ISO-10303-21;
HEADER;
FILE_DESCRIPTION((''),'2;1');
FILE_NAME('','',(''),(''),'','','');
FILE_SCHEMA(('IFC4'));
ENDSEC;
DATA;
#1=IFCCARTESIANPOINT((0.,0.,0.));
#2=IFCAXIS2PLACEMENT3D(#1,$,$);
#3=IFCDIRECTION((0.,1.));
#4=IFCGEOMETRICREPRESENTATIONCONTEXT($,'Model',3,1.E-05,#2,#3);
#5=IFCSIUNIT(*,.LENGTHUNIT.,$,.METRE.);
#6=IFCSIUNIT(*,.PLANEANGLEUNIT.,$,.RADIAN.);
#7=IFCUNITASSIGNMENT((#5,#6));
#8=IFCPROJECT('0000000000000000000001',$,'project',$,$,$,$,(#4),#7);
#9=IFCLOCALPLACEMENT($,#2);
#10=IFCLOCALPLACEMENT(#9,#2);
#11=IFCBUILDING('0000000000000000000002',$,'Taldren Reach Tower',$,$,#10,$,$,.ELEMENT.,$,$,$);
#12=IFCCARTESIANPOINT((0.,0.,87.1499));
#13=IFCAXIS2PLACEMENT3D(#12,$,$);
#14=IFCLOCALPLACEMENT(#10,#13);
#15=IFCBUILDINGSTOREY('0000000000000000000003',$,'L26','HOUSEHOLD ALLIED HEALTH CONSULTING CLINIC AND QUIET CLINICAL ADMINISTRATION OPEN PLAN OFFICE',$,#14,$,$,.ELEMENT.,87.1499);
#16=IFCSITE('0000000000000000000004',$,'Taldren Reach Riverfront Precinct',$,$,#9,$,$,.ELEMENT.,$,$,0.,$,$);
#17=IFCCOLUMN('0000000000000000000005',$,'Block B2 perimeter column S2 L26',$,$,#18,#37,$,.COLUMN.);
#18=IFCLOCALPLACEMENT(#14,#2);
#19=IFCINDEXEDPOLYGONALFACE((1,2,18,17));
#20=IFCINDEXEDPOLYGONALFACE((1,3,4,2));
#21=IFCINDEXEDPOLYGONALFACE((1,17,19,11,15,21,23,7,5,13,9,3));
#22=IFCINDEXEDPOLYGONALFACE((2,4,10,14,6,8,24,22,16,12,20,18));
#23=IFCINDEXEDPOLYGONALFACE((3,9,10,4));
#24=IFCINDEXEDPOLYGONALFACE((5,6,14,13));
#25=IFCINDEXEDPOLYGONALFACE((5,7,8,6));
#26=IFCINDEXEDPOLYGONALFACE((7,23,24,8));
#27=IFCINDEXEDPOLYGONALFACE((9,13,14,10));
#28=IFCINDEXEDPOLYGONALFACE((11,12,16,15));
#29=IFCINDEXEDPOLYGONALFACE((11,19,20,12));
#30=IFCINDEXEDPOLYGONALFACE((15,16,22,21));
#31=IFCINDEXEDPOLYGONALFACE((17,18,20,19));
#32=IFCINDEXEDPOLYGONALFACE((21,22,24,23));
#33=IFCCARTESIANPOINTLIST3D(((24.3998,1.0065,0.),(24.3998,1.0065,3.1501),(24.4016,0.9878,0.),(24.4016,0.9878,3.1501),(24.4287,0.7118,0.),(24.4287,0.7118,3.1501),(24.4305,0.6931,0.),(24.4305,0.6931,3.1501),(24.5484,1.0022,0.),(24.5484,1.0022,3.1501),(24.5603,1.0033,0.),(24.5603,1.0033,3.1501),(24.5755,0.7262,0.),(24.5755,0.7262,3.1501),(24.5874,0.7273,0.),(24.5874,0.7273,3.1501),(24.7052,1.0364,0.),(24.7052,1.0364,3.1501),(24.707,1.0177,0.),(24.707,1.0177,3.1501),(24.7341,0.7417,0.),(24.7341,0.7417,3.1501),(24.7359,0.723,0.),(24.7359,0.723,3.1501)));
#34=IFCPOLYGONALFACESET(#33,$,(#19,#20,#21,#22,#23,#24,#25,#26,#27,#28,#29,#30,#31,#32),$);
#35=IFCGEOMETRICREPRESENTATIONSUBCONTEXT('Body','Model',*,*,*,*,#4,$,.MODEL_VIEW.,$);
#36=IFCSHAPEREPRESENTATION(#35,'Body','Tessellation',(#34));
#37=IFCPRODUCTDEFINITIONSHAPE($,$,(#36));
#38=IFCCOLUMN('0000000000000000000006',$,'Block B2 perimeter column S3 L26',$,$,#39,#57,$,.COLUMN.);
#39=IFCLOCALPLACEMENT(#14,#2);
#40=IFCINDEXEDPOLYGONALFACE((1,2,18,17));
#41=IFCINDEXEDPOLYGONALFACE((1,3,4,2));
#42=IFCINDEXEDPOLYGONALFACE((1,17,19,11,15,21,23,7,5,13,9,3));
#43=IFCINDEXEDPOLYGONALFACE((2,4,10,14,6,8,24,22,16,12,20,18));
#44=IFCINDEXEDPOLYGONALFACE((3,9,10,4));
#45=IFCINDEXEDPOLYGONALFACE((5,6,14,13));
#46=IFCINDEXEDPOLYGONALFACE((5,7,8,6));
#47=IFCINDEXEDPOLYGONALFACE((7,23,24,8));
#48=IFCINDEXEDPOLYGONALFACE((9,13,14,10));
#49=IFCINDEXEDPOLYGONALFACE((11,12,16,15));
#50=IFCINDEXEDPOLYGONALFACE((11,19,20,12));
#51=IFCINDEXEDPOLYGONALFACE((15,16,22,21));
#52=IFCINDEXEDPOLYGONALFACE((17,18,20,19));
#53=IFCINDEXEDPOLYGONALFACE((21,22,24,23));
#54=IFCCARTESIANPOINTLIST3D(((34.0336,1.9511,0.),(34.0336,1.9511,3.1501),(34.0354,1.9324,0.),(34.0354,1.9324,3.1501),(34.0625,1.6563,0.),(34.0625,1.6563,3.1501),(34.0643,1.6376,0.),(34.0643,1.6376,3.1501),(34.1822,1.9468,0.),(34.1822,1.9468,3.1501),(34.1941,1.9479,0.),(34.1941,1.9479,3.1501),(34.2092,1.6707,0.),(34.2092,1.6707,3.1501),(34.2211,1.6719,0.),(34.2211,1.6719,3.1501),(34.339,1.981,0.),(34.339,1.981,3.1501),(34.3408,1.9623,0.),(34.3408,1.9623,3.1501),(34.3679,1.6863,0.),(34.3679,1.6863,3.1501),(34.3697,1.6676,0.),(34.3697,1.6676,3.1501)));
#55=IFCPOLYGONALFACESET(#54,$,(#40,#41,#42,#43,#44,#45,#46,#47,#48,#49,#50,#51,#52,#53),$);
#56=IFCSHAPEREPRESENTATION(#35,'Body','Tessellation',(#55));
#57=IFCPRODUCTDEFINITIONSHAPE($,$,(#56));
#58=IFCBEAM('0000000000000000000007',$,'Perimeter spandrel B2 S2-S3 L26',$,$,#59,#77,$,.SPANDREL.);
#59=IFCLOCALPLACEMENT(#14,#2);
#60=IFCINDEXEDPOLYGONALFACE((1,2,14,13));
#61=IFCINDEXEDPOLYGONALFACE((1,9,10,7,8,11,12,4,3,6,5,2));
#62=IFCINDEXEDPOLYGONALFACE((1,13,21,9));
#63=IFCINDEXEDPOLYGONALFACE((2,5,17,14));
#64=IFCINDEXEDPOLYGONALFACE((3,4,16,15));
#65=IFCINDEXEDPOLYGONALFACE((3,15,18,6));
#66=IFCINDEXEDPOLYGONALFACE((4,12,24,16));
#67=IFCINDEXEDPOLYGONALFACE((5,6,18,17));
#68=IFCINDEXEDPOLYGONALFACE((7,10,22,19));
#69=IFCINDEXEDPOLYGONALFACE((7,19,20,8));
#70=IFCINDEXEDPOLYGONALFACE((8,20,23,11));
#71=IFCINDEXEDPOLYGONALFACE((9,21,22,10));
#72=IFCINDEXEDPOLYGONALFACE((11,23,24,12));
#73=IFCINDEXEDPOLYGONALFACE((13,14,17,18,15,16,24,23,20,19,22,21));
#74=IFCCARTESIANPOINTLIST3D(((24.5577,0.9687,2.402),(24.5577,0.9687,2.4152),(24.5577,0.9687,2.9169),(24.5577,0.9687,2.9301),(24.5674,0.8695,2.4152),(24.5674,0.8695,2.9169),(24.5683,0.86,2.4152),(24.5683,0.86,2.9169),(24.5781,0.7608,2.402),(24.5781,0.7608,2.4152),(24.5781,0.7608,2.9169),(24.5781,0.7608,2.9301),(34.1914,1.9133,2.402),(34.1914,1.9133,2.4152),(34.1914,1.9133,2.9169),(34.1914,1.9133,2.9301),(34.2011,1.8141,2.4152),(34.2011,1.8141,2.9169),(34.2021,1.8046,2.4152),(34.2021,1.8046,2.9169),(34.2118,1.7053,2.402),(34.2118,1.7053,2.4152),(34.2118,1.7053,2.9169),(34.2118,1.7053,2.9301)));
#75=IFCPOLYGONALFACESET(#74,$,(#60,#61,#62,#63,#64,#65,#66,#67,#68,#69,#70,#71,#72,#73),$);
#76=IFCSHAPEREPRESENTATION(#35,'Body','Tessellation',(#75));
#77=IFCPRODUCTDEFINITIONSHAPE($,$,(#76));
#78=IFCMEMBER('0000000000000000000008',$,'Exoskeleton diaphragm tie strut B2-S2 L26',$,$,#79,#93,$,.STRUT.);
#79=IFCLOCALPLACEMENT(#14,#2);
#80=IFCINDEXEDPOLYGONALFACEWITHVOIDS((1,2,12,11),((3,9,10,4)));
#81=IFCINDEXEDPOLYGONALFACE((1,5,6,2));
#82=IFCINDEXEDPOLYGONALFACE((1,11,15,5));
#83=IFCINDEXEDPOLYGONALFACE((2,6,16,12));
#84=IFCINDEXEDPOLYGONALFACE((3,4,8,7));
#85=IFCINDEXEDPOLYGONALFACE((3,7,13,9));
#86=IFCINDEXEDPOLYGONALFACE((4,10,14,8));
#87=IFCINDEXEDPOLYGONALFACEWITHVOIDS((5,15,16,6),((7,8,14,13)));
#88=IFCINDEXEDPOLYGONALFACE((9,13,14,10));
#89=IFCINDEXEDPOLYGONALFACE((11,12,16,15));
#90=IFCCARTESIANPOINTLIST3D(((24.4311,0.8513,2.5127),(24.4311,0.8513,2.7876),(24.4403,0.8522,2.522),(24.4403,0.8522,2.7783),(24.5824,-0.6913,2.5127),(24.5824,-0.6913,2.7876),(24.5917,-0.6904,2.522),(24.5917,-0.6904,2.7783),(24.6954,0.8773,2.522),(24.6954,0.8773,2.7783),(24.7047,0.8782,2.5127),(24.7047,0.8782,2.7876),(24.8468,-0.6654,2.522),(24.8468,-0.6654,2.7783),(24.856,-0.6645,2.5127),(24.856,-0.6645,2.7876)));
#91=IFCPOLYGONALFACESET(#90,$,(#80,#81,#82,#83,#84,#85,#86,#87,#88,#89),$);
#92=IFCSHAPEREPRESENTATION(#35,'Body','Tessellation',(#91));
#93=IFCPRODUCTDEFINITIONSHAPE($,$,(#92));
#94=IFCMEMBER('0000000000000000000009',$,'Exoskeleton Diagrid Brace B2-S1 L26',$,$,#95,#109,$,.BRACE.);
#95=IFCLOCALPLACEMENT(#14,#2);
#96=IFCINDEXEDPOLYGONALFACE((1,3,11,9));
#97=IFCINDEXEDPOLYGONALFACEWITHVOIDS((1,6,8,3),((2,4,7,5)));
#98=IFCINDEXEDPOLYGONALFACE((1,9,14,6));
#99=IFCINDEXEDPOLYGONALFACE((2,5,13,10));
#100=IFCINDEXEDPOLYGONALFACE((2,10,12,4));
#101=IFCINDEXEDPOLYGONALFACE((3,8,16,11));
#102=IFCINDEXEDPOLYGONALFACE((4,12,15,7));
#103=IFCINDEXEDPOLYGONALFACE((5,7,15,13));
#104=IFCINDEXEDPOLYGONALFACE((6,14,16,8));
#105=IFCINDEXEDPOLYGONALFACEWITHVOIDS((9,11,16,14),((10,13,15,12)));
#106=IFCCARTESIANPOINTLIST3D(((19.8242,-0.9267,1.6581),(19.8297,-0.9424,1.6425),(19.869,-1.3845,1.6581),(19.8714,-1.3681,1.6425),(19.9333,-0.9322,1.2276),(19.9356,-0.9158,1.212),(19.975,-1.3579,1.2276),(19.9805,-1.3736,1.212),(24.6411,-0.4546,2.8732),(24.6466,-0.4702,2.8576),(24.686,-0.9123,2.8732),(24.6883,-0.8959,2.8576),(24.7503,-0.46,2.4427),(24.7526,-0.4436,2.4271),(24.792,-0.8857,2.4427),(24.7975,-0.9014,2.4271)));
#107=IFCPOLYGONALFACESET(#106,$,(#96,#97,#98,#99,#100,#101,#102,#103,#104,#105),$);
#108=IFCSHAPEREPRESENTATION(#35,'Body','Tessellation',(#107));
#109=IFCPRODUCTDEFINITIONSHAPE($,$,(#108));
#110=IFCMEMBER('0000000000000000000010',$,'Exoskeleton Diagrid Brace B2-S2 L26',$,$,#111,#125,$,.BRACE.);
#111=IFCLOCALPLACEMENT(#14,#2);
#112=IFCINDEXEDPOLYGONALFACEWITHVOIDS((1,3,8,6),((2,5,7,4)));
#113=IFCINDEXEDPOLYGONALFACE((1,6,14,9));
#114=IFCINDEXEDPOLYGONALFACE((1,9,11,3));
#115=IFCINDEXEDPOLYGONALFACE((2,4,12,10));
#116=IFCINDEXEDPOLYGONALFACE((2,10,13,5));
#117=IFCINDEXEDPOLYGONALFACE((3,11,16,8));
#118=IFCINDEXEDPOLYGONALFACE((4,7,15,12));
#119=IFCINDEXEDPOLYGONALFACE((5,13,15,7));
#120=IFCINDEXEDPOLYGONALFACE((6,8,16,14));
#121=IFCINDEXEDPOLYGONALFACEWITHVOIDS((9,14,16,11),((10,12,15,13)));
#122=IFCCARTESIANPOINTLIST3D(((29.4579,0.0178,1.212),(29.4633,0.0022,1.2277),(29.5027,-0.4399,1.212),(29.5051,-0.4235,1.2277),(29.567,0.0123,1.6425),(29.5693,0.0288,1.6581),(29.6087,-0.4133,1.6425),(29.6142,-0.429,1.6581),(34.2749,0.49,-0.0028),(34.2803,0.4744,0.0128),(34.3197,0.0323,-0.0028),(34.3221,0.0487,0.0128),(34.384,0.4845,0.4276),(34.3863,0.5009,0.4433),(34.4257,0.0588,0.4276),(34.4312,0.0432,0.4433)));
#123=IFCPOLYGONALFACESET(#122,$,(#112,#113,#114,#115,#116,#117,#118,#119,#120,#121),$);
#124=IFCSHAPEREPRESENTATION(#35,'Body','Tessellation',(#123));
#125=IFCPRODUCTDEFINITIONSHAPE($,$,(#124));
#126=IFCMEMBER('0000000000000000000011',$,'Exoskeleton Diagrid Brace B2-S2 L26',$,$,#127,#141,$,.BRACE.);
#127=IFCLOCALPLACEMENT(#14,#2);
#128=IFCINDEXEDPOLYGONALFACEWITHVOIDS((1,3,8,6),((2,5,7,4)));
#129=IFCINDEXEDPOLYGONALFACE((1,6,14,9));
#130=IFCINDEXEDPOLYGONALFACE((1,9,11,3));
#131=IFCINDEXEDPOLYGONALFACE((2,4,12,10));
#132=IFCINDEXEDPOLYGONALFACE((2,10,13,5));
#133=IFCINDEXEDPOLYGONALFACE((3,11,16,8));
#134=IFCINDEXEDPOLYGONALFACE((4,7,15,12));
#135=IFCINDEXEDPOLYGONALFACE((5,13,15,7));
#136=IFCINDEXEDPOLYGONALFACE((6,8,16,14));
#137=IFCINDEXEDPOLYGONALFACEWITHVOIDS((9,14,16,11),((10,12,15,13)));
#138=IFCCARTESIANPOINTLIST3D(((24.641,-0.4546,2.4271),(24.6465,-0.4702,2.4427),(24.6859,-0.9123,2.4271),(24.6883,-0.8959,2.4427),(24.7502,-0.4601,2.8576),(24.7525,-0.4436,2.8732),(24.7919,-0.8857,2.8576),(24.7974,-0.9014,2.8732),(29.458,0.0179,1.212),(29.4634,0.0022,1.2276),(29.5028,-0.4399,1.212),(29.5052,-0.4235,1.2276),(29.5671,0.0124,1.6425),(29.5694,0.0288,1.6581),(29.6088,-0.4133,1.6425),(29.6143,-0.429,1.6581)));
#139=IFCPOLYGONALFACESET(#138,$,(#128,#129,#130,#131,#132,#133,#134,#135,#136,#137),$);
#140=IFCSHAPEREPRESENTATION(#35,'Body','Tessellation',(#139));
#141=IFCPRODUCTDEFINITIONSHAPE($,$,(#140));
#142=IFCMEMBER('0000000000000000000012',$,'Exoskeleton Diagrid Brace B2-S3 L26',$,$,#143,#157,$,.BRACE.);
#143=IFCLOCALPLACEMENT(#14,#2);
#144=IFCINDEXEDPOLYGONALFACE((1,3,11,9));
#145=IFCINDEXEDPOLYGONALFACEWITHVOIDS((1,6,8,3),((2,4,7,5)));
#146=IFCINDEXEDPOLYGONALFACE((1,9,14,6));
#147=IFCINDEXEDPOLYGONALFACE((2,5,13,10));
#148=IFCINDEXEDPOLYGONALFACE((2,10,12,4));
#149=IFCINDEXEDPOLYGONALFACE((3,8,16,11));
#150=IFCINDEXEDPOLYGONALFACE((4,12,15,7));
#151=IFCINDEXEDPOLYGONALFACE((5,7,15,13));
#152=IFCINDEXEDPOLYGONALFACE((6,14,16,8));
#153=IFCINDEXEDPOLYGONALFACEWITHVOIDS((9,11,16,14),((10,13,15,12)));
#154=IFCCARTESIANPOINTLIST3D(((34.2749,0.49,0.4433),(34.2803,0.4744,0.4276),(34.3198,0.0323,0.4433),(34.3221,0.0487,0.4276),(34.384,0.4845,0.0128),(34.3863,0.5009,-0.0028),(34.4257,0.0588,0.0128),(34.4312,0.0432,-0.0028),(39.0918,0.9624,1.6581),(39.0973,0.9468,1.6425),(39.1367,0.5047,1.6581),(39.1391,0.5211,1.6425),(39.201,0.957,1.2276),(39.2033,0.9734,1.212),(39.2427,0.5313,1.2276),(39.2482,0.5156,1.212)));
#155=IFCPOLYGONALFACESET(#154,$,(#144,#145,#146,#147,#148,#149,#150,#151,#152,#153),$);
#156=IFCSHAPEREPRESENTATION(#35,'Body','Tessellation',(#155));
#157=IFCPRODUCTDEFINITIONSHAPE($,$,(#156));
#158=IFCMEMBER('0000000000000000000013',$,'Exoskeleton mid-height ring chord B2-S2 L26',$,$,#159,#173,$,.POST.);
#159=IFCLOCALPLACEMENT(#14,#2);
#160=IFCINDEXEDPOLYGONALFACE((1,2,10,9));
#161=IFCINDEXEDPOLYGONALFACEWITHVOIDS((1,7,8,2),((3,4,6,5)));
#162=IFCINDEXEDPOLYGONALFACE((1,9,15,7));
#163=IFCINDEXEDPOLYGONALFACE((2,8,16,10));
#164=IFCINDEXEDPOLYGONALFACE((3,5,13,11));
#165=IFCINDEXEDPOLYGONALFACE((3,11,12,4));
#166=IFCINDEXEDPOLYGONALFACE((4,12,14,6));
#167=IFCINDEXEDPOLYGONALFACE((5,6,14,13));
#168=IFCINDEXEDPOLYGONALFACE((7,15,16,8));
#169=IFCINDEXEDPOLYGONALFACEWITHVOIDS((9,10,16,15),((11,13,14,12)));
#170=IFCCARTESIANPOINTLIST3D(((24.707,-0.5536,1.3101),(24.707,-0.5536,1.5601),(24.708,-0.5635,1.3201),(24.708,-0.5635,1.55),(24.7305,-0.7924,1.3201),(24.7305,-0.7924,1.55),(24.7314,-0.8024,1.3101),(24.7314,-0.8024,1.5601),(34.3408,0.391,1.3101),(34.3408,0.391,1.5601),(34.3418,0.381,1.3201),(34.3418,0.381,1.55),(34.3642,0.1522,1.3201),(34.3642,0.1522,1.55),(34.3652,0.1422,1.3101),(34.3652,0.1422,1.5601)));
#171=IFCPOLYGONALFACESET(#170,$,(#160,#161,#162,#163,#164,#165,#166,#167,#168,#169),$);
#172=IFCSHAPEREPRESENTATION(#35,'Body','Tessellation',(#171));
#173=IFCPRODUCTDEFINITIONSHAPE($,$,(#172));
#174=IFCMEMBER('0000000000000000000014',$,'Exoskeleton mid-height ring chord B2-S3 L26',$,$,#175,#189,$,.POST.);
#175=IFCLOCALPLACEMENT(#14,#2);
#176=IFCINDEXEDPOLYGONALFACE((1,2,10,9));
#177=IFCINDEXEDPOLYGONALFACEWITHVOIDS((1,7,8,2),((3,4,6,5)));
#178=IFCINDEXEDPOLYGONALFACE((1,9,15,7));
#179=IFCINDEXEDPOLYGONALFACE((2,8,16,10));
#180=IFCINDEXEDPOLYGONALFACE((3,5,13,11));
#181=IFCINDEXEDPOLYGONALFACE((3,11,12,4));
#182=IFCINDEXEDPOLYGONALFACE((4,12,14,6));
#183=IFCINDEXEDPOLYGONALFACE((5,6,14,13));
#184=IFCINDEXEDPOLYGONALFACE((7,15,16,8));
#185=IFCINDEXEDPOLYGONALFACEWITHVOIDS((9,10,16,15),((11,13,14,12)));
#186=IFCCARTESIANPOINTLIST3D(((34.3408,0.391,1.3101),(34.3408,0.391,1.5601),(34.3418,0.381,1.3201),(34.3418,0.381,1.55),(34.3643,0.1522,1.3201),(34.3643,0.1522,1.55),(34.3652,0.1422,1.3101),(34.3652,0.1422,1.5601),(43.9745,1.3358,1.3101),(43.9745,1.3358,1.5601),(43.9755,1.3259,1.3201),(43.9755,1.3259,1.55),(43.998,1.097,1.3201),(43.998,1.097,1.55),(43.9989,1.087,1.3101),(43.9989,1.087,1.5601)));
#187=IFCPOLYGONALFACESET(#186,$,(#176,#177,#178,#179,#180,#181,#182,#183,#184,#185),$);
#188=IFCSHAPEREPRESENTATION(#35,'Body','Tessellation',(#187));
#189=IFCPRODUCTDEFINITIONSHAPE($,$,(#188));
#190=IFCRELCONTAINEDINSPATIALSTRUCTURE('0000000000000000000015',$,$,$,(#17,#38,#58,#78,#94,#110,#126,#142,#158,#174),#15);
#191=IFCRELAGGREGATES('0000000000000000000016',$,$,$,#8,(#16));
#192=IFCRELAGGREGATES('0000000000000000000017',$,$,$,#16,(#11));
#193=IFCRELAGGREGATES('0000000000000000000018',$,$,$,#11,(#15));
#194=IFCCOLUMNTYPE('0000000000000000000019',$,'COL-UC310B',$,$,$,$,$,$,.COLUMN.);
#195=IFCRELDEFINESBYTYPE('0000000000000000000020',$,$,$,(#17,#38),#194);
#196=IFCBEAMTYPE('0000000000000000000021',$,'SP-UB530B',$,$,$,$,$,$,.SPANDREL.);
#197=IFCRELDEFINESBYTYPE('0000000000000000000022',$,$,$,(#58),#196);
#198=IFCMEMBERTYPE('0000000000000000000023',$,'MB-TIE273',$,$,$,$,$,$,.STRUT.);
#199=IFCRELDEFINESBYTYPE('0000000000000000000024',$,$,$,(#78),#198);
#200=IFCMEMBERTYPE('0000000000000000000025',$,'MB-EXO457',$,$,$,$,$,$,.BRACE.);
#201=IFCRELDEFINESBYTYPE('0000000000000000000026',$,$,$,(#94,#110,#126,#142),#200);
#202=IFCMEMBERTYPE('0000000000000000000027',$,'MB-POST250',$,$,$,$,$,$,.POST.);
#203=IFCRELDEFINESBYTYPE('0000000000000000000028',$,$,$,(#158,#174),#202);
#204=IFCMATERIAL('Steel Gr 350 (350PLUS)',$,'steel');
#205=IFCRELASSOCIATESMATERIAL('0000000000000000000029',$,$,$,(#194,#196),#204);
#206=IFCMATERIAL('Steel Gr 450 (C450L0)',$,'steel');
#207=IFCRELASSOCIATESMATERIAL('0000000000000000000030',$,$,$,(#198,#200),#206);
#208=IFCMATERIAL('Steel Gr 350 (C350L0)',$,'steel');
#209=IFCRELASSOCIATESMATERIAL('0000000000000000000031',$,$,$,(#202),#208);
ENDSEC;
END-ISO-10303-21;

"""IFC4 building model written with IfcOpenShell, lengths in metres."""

from ifc_helpers import new_model, si_unit, direction, frame, origin, origin_2d, place, context, subcontext, project, spatial, hollow_rectangle, i_section, extrude, source, transform, mapped, material, material_profile, profile_set, type_object, element, save


model = new_model("IFC4")

# Units and contexts
model_context = context("Model", 3, precision=1e-05, world=origin(), true_north=direction((0.0, 1.0)))
body_context = subcontext(model_context, "Body", "Model", "MODEL_VIEW")
ifc_project = project(units=[si_unit("LENGTHUNIT", "METRE"), si_unit("PLANEANGLEUNIT", "RADIAN")], contexts=[model_context])

# Site, building, storey
site_placement = place(None, origin())
site = spatial("IfcSite", under=ifc_project, at=site_placement, Name="Taldren Reach Riverfront Precinct", CompositionType="ELEMENT", RefElevation=0.0)
building_placement = place(site_placement, origin())
building = spatial("IfcBuilding", under=site, at=building_placement, Name="Taldren Reach Tower", CompositionType="ELEMENT")
storey_placement = place(building_placement, frame((0.0, 0.0, 87.1499)))
storey = spatial("IfcBuildingStorey", under=building, at=storey_placement, Name="L26", Description="HOUSEHOLD ALLIED HEALTH CONSULTING CLINIC AND QUIET CLINICAL ADMINISTRATION OPEN PLAN OFFICE", CompositionType="ELEMENT", Elevation=87.1499)

# Columns
ifc_material_1 = material(Name="Steel Gr 350 (350PLUS)", Category="steel")
ifc_material_profile_1 = material_profile(ifc_material_1, i_section(OverallWidth=0.3069, OverallDepth=0.3149, WebThickness=0.012, FlangeThickness=0.0188, at=origin_2d()), Name="310UC118")
ifc_profile_set_1 = profile_set([ifc_material_profile_1], Name="Steel Gr 350 (350PLUS)")
column_type = type_object("IfcColumnType", Name="COL-UC310B", PredefinedType="COLUMN", material=ifc_profile_set_1)
shared_shape_1 = source(origin(), body_context, "Body", "SweptSolid", [
    extrude(i_section(OverallWidth=0.3069, OverallDepth=0.3149, WebThickness=0.012, FlangeThickness=0.0188, at=origin_2d()), origin(), (0.0, 0.0, 1.0), 3.1501),
])
for number, where, z_axis, x_axis, name in (
    (1, (24.5679, 0.8647, 0.0), (0.0, 0.0, 1.0), (0.995227, 0.097583, 0.0), "Block B2 perimeter column S2 L26"),
    (2, (34.2017, 1.8093, 0.0), (0.0, 0.0, 1.0), (0.995227, 0.097583, 0.0), "Block B2 perimeter column S3 L26"),
):
    element("IfcColumn", number, at=place(storey_placement, frame(where, z_axis=z_axis, x_axis=x_axis)), inside=storey, type_object=column_type, Name=name, PredefinedType="COLUMN", context=body_context, shape_type="MappedRepresentation", body=[
        mapped(shared_shape_1, transform((0.0, 0.0, 0.0), scale=1.0)),
    ])

# Beam
ifc_material_profile_2 = material_profile(ifc_material_1, i_section(OverallWidth=0.209, OverallDepth=0.5281, WebThickness=0.0095, FlangeThickness=0.0132, at=origin_2d()), Name="530UB82.0")
ifc_profile_set_2 = profile_set([ifc_material_profile_2], Name="Steel Gr 350 (350PLUS)")
beam_type = type_object("IfcBeamType", Name="SP-UB530B", PredefinedType="SPANDREL", material=ifc_profile_set_2)
shared_shape_2 = source(origin(), body_context, "Body", "SweptSolid", [
    extrude(i_section(OverallWidth=0.209, OverallDepth=0.5281, WebThickness=0.0095, FlangeThickness=0.0132, at=origin_2d()), origin(), (0.0, 0.0, 1.0), 9.6799),
])
beam_placement = place(storey_placement, frame((24.5679, 0.8647, 2.666), z_axis=(0.995228, 0.097581, 0.0), x_axis=(-0.097581, 0.995228, 0.0)))
element("IfcBeam", 3, at=beam_placement, inside=storey, type_object=beam_type, Name="Perimeter spandrel B2 S2-S3 L26", PredefinedType="SPANDREL", context=body_context, shape_type="MappedRepresentation", body=[
    mapped(shared_shape_2, transform((0.0, 0.0, 0.0), scale=1.0)),
])

# Members
ifc_material_2 = material(Name="Steel Gr 450 (C450L0)", Category="steel")
ifc_material_profile_3 = material_profile(ifc_material_2, hollow_rectangle(XDim=0.2749, YDim=0.2749, WallThickness=0.0093, at=origin_2d()), Name="275x275x9.3SHS")
ifc_profile_set_3 = profile_set([ifc_material_profile_3], Name="Steel Gr 450 (C450L0)")
member_type_1 = type_object("IfcMemberType", Name="MB-TIE273", PredefinedType="STRUT", material=ifc_profile_set_3)
shared_shape_3 = source(origin(), body_context, "Body", "SweptSolid", [
    extrude(hollow_rectangle(XDim=0.2749, YDim=0.2749, WallThickness=0.0093, at=origin_2d()), origin(), (0.0, 0.0, 1.0), 1.55),
])
member_1_placement = place(storey_placement, frame((24.5679, 0.8647, 2.6501), z_axis=(0.097648, -0.995221, 0.0), x_axis=(0.995221, 0.097648, 0.0)))
element("IfcMember", 4, at=member_1_placement, inside=storey, type_object=member_type_1, Name="Exoskeleton diaphragm tie strut B2-S2 L26", PredefinedType="STRUT", context=body_context, shape_type="MappedRepresentation", body=[
    mapped(shared_shape_3, transform((0.0, 0.0, 0.0), scale=1.0)),
])
ifc_material_profile_4 = material_profile(ifc_material_2, hollow_rectangle(XDim=0.46, YDim=0.46, WallThickness=0.0161, at=origin_2d()), Name="460x460x16.0SHS")
ifc_profile_set_4 = profile_set([ifc_material_profile_4], Name="Steel Gr 450 (C450L0)")
member_type_2 = type_object("IfcMemberType", Name="MB-EXO457", PredefinedType="BRACE", material=ifc_profile_set_4)
shared_shape_4 = source(origin(), body_context, "Body", "SweptSolid", [
    extrude(hollow_rectangle(XDim=0.46, YDim=0.46, WallThickness=0.0161, at=origin_2d()), origin(), (0.0, 0.0, 1.0), 4.9902),
])
for number, where, z_axis, x_axis, name in (
    (5, (19.9023, -1.1501, 1.4351), (0.965276, 0.09462, 0.243496), (-0.097556, 0.99523, 0.0), "Exoskeleton Diagrid Brace B2-S1 L26"),
    (6, (34.353, 0.2666, 0.2202), (-0.965287, -0.094621, 0.24345), (0.097556, -0.99523, 0.0), "Exoskeleton Diagrid Brace B2-S2 L26"),
    (7, (29.5361, -0.2056, 1.4351), (-0.965271, -0.094668, 0.243495), (0.097606, -0.995225, 0.0), "Exoskeleton Diagrid Brace B2-S2 L26"),
    (8, (34.353, 0.2666, 0.2202), (0.965283, 0.094669, 0.243449), (-0.097606, 0.995225, 0.0), "Exoskeleton Diagrid Brace B2-S3 L26"),
):
    element("IfcMember", number, at=place(storey_placement, frame(where, z_axis=z_axis, x_axis=x_axis)), inside=storey, type_object=member_type_2, Name=name, PredefinedType="BRACE", context=body_context, shape_type="MappedRepresentation", body=[
        mapped(shared_shape_4, transform((0.0, 0.0, 0.0), scale=1.0)),
    ])
ifc_material_3 = material(Name="Steel Gr 350 (C350L0)", Category="steel")
ifc_material_profile_5 = material_profile(ifc_material_3, hollow_rectangle(XDim=0.25, YDim=0.25, WallThickness=0.01, at=origin_2d()), Name="250x250x10.0SHS")
ifc_profile_set_5 = profile_set([ifc_material_profile_5], Name="Steel Gr 350 (C350L0)")
member_type_3 = type_object("IfcMemberType", Name="MB-POST250", PredefinedType="POST", material=ifc_profile_set_5)
shared_shape_5 = source(origin(), body_context, "Body", "SweptSolid", [
    extrude(hollow_rectangle(XDim=0.25, YDim=0.25, WallThickness=0.01, at=origin_2d()), origin(), (0.0, 0.0, 1.0), 9.6799),
])
for number, where, z_axis, x_axis, name in (
    (9, (24.7192, -0.678, 1.4351), (0.995228, 0.097581, 0.0), (-0.097581, 0.995228, 0.0), "Exoskeleton mid-height ring chord B2-S2 L26"),
    (10, (34.353, 0.2666, 1.4351), (0.995225, 0.097606, 0.0), (-0.097606, 0.995225, 0.0), "Exoskeleton mid-height ring chord B2-S3 L26"),
):
    element("IfcMember", number, at=place(storey_placement, frame(where, z_axis=z_axis, x_axis=x_axis)), inside=storey, type_object=member_type_3, Name=name, PredefinedType="POST", context=body_context, shape_type="MappedRepresentation", body=[
        mapped(shared_shape_5, transform((0.0, 0.0, 0.0), scale=1.0)),
    ])

save(model, "model.ifc")
